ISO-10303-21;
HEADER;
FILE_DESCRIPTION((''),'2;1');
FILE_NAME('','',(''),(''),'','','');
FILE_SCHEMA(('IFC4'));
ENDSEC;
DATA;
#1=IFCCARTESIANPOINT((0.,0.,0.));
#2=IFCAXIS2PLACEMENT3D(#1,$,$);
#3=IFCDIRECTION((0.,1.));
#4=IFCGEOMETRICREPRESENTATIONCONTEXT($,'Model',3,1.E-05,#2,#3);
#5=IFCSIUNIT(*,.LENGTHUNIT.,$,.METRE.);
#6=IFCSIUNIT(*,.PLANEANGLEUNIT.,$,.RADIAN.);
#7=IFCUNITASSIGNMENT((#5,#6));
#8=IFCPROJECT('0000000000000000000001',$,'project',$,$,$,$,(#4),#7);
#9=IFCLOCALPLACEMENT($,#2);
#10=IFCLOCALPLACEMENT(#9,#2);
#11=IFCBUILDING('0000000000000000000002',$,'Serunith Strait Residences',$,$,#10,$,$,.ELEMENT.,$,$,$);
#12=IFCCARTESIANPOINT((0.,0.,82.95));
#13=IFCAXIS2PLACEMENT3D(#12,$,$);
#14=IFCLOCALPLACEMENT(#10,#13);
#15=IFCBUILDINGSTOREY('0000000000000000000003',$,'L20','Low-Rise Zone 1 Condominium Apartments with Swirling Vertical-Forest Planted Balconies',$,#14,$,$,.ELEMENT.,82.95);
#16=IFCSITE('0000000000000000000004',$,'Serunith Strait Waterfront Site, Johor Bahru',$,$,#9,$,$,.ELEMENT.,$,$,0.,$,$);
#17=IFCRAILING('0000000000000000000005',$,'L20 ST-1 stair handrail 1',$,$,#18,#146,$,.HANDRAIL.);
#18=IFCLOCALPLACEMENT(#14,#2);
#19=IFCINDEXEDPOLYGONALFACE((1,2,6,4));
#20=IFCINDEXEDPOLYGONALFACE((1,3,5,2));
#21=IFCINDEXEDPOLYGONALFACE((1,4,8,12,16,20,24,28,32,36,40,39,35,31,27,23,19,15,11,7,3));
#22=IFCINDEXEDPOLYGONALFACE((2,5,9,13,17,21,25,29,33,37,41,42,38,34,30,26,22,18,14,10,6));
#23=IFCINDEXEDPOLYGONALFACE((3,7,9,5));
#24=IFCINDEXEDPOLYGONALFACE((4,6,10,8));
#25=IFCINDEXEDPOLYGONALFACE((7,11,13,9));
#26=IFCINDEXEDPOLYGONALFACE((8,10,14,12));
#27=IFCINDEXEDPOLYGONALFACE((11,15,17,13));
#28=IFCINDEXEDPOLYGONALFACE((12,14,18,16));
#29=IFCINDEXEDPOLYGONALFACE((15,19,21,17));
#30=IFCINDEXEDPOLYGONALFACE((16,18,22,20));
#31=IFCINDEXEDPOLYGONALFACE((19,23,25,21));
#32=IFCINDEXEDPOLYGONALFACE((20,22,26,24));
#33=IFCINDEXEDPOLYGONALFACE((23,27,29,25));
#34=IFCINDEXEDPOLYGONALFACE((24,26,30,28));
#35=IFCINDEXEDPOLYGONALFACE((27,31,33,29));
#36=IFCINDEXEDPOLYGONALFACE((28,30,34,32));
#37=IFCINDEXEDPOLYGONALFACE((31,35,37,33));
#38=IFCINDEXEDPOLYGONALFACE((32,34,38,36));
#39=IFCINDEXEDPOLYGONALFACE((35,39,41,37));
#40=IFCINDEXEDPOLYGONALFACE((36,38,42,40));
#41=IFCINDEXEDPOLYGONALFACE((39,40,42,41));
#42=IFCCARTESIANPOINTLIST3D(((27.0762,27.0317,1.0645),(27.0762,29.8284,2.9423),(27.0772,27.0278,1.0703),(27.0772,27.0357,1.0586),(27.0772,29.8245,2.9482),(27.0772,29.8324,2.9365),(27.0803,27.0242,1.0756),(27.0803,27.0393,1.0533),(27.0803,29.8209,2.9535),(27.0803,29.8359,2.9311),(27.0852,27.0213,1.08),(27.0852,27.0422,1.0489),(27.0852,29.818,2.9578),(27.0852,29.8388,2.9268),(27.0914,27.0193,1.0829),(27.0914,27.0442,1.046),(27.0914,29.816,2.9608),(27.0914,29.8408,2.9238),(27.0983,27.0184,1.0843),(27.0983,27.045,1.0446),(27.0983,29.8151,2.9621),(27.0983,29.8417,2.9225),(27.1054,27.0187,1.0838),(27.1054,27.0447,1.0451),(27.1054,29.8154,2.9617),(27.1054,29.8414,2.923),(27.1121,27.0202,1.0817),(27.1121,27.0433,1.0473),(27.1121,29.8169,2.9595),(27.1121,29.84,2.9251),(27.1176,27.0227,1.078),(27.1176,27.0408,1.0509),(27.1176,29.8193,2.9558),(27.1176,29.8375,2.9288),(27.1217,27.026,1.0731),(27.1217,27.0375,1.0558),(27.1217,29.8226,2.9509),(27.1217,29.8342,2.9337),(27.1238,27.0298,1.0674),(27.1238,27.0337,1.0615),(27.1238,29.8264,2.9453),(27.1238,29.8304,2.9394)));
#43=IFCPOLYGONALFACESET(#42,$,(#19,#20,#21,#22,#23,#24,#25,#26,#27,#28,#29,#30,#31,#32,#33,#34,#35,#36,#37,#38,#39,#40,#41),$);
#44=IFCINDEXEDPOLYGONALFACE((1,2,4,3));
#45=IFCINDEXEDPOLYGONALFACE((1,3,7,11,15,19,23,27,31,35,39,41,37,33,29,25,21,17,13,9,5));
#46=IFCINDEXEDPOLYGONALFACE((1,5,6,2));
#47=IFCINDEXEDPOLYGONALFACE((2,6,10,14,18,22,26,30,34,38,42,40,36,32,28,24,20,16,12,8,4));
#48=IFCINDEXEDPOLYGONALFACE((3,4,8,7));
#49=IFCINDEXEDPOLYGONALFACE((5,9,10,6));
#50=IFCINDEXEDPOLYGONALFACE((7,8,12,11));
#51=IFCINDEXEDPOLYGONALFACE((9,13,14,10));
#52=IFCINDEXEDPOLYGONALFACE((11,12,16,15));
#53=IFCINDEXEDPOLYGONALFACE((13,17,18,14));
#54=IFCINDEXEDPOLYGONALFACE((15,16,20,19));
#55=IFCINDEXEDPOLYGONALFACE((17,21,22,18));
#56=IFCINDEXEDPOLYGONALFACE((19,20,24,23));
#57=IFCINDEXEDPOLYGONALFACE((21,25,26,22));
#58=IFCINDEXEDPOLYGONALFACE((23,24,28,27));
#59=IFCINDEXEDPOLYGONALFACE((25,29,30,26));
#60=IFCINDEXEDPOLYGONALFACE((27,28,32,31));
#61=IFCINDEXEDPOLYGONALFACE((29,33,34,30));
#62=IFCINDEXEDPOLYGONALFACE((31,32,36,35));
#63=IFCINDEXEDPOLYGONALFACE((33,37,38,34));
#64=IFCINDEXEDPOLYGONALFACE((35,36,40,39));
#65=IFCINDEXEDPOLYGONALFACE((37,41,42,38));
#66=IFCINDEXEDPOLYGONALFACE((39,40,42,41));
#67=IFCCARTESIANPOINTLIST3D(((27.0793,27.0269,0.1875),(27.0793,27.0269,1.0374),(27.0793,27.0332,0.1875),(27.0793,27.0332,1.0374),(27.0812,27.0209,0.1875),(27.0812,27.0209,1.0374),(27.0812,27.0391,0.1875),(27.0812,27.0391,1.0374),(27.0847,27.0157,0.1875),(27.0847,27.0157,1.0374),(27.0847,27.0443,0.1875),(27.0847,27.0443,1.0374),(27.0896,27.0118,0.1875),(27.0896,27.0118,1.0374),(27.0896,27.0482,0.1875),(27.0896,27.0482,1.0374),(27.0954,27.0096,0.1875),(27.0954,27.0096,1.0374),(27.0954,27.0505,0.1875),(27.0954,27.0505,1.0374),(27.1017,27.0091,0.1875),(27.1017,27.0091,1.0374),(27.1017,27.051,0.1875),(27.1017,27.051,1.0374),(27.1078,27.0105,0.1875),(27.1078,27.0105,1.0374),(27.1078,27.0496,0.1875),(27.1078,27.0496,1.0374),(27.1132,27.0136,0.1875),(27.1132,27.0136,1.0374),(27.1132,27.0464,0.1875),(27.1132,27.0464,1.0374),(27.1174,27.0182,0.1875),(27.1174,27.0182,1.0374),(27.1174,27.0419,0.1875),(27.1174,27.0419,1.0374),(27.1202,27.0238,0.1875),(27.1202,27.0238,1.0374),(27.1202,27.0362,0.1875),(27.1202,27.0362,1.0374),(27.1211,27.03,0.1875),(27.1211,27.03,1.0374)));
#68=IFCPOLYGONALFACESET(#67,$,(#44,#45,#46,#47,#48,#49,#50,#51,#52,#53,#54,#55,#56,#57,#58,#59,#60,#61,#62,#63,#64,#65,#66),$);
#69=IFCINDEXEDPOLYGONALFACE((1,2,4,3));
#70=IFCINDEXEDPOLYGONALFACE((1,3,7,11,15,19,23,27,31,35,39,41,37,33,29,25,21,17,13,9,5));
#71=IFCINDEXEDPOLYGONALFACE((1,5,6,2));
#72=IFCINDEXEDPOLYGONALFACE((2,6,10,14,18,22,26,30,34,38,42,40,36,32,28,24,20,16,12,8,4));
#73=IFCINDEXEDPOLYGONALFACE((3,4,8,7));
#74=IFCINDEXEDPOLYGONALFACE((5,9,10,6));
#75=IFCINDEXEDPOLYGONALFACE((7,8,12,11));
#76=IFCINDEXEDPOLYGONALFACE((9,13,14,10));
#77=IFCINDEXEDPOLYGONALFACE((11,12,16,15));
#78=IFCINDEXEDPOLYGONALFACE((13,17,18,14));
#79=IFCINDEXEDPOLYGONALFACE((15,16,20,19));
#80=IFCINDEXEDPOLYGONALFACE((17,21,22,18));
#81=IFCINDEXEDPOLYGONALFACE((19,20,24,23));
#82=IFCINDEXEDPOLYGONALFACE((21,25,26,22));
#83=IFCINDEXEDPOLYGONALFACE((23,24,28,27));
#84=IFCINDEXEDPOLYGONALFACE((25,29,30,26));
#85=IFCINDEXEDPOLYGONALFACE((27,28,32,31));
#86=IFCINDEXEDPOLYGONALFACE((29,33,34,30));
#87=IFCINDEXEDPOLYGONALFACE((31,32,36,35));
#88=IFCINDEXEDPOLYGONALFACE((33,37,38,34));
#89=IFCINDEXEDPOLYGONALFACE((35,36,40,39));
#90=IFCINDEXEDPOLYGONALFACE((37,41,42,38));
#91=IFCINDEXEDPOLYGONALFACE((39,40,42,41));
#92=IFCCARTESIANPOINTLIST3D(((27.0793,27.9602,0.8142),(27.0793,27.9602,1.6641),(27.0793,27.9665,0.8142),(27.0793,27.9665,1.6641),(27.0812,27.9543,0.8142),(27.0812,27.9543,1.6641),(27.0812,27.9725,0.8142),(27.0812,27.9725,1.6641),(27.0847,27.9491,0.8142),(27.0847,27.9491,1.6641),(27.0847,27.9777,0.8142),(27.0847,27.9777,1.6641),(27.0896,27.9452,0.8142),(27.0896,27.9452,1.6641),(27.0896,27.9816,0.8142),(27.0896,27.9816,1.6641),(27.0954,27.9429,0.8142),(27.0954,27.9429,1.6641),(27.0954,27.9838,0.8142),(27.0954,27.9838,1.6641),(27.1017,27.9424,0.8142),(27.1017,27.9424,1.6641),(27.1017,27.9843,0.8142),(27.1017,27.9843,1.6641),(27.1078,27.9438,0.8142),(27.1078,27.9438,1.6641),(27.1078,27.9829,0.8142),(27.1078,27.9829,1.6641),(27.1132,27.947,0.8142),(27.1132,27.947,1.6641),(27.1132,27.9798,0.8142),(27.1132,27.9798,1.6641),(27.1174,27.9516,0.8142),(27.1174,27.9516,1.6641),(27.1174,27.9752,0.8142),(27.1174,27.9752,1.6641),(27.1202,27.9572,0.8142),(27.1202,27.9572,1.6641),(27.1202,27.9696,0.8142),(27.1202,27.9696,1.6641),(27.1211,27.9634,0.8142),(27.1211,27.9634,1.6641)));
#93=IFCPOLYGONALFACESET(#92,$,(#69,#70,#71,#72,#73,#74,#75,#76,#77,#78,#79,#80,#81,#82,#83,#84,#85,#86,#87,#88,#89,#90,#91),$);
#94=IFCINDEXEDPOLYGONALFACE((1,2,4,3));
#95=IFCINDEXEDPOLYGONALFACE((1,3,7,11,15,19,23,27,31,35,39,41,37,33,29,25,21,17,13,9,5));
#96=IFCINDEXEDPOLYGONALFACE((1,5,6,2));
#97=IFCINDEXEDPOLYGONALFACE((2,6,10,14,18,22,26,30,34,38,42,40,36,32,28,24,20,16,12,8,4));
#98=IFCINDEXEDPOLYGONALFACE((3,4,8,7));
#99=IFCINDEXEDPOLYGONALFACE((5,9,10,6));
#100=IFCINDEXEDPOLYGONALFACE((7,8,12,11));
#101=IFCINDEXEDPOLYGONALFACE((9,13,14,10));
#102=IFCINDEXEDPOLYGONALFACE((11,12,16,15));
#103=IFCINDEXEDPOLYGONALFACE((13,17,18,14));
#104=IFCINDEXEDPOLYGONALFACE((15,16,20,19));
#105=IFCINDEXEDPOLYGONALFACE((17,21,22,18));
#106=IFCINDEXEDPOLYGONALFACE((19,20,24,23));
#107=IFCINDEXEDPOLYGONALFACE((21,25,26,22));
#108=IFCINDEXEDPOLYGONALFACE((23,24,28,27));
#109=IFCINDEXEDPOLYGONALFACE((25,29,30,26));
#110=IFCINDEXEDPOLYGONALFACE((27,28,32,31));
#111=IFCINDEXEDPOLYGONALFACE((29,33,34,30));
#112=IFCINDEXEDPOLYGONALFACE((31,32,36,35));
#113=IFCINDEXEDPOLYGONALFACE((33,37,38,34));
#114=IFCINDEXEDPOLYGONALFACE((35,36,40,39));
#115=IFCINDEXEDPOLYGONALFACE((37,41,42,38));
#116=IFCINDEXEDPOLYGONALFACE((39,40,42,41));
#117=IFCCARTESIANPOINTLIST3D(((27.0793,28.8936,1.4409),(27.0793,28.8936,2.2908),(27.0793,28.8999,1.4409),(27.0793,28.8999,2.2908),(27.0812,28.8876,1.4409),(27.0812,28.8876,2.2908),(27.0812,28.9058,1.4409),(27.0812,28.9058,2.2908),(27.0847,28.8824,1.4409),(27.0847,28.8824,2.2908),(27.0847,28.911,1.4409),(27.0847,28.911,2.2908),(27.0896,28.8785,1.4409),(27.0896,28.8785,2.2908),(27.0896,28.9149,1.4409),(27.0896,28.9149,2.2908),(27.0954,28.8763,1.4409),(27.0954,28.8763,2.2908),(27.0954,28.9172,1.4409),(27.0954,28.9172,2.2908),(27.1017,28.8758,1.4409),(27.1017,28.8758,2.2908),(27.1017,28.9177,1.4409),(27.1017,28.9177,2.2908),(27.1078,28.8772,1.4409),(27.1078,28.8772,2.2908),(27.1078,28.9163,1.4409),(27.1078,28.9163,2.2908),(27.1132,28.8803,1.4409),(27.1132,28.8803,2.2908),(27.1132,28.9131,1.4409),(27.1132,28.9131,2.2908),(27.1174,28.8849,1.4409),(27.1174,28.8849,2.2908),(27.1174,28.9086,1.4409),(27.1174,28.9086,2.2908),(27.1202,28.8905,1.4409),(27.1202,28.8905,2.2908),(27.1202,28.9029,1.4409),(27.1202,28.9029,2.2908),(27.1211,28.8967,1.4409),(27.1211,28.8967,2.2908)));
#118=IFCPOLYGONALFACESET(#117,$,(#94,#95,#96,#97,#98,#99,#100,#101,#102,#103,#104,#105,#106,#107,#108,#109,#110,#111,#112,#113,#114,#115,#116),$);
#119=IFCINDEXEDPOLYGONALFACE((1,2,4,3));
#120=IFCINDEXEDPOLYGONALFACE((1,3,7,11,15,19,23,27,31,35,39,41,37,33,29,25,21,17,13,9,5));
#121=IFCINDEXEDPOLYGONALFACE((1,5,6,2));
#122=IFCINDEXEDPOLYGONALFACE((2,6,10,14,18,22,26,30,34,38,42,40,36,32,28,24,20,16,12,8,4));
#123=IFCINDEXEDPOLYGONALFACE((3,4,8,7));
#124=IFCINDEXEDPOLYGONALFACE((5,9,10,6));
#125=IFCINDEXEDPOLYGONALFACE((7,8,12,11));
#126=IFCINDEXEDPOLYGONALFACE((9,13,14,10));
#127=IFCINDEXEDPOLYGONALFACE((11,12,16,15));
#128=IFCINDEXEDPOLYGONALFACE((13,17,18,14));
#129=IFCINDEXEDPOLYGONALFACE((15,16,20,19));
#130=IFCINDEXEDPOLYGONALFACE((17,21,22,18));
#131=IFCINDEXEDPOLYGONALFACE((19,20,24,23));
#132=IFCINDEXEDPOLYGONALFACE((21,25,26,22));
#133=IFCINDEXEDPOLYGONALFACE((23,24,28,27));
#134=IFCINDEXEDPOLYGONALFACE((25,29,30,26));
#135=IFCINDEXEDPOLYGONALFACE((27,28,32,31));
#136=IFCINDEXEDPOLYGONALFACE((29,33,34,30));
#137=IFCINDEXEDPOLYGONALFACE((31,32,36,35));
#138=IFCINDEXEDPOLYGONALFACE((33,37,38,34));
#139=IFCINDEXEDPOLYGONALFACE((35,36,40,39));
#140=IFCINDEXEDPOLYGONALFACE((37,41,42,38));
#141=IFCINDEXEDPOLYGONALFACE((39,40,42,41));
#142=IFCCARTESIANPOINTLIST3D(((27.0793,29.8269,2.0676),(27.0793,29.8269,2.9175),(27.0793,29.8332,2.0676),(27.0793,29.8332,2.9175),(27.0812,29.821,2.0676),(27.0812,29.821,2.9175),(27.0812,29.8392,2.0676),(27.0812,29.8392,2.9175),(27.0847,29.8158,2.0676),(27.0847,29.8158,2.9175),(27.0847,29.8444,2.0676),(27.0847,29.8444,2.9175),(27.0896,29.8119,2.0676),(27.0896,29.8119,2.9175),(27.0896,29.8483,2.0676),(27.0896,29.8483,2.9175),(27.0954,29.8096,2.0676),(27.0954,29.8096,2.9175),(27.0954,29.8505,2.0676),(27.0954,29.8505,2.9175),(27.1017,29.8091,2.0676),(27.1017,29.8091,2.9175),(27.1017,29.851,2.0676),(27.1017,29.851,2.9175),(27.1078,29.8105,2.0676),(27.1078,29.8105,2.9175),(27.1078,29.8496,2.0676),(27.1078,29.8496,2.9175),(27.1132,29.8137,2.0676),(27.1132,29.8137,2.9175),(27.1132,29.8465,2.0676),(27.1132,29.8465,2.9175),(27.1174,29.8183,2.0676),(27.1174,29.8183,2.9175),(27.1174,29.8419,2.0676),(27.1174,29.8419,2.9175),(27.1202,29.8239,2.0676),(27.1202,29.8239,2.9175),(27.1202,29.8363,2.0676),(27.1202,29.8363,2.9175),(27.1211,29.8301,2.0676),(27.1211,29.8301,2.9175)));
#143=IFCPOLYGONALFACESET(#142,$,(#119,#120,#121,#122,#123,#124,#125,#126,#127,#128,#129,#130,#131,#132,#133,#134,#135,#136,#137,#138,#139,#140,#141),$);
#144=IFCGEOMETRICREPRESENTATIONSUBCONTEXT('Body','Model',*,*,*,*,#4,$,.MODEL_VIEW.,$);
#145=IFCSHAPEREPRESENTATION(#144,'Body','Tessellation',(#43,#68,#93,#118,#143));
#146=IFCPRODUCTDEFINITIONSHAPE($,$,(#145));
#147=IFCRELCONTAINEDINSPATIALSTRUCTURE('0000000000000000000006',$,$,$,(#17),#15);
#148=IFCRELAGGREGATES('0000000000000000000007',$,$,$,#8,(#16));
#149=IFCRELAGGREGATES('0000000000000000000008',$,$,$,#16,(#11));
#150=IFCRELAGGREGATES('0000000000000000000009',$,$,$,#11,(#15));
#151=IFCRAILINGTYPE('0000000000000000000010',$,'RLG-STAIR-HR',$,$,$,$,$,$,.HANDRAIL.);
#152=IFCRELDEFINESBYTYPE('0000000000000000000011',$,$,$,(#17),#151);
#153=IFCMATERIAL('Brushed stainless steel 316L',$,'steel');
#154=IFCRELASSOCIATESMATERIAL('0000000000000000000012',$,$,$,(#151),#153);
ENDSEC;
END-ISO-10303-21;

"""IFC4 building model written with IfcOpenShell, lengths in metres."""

from ifc_helpers import new_model, si_unit, direction, frame, origin, origin_2d, place, context, subcontext, project, spatial, circle, extrude, material, type_object, element, save


model = new_model("IFC4")

# Units and contexts
model_context = context("Model", 3, precision=1e-05, world=origin(), true_north=direction((0.0, 1.0)))
body_context = subcontext(model_context, "Body", "Model", "MODEL_VIEW")
ifc_project = project(units=[si_unit("LENGTHUNIT", "METRE"), si_unit("PLANEANGLEUNIT", "RADIAN")], contexts=[model_context])

# Site, building, storey
site_placement = place(None, origin())
site = spatial("IfcSite", under=ifc_project, at=site_placement, Name="Serunith Strait Waterfront Site, Johor Bahru", CompositionType="ELEMENT", RefElevation=0.0)
building_placement = place(site_placement, origin())
building = spatial("IfcBuilding", under=site, at=building_placement, Name="Serunith Strait Residences", CompositionType="ELEMENT")
storey_placement = place(building_placement, frame((0.0, 0.0, 82.95)))
storey = spatial("IfcBuildingStorey", under=building, at=storey_placement, Name="L20", Description="Low-Rise Zone 1 Condominium Apartments with Swirling Vertical-Forest Planted Balconies", CompositionType="ELEMENT", Elevation=82.95)

# Railing
ifc_material_1 = material(Name="Brushed stainless steel 316L", Category="steel")
railing_type_1 = type_object("IfcRailingType", Name="RLG-STAIR-HR", PredefinedType="HANDRAIL", material=ifc_material_1)
railing_1_placement = place(storey_placement, frame((27.1001, 27.03, 0.1875)))
element("IfcRailing", 1, at=railing_1_placement, inside=storey, type_object=railing_type_1, Name="L20 ST-1 stair handrail 1", PredefinedType="HANDRAIL", context=body_context, shape_type="SweptSolid", body=[
    extrude(circle(Radius=0.0239, at=origin_2d()), frame((0.0, 0.0017, 0.877), z_axis=(0.0, 0.830208, 0.557453), x_axis=(-1.0, 0.0, 0.0)), (0.0, 0.0, 1.0), 3.3687),
    extrude(circle(Radius=0.021, at=origin_2d()), origin(), (0.0, 0.0, 1.0), 0.8499),
    extrude(circle(Radius=0.021, at=origin_2d()), frame((0.0, 0.9333, 0.6267)), (0.0, 0.0, 1.0), 0.8499),
    extrude(circle(Radius=0.021, at=origin_2d()), frame((0.0, 1.8667, 1.2534)), (0.0, 0.0, 1.0), 0.8499),
    extrude(circle(Radius=0.021, at=origin_2d()), frame((0.0, 2.8, 1.8801)), (0.0, 0.0, 1.0), 0.8499),
])

save(model, "model.ifc")
